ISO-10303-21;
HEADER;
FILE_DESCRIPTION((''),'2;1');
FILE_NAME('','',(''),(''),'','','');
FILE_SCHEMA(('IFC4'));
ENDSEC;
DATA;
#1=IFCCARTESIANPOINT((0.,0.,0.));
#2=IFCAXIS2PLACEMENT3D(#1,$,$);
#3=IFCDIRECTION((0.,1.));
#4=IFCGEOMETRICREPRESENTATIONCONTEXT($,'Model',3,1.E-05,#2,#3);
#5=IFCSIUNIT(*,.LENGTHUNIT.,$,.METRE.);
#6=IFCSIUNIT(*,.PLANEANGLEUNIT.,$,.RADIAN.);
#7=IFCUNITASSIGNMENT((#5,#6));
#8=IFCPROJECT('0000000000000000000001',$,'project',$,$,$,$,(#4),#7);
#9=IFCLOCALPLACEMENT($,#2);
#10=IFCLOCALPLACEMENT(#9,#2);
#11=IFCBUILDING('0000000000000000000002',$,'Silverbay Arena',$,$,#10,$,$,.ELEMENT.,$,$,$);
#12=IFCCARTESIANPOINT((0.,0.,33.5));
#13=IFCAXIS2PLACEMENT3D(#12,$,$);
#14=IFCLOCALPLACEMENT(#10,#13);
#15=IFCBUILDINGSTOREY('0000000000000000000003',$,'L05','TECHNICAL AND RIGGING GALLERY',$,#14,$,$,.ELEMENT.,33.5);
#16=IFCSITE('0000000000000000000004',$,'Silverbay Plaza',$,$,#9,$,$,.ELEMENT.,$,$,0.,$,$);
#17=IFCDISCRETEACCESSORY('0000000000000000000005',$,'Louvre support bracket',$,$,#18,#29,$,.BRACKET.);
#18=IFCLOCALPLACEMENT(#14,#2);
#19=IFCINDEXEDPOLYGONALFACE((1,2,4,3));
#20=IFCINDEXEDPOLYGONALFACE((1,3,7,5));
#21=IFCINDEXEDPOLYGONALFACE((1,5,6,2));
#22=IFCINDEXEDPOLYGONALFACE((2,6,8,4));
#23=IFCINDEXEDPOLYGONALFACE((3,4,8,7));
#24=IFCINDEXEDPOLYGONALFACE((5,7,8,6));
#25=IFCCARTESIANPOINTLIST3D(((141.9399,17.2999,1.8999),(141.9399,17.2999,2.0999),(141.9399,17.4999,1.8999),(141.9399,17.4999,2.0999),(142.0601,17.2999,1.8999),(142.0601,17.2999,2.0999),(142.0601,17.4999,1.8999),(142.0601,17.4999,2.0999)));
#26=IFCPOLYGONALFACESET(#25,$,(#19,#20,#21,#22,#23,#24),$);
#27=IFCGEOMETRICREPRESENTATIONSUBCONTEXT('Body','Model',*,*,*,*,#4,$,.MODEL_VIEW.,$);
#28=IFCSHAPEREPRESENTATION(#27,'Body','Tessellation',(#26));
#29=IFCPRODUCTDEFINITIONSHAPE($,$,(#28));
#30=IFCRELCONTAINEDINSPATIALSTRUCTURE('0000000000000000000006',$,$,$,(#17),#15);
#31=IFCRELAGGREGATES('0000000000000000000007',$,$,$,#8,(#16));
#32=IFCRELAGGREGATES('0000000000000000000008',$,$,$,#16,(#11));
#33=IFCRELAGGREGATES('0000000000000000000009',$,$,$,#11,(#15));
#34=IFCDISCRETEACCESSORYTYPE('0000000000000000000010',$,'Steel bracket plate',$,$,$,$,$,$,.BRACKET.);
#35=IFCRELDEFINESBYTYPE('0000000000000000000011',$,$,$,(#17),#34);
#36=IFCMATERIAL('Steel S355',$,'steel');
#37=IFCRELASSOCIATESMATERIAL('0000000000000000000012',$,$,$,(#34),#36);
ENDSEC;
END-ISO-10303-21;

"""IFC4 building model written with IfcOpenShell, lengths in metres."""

from ifc_helpers import new_model, si_unit, direction, frame, origin, origin_2d, place, context, subcontext, project, spatial, rectangle, extrude, material, type_object, element, save


model = new_model("IFC4")

# Units and contexts
model_context = context("Model", 3, precision=1e-05, world=origin(), true_north=direction((0.0, 1.0)))
body_context = subcontext(model_context, "Body", "Model", "MODEL_VIEW")
ifc_project = project(units=[si_unit("LENGTHUNIT", "METRE"), si_unit("PLANEANGLEUNIT", "RADIAN")], contexts=[model_context])

# Site, building, storey
site_placement = place(None, origin())
site = spatial("IfcSite", under=ifc_project, at=site_placement, Name="Silverbay Plaza", CompositionType="ELEMENT", RefElevation=0.0)
building_placement = place(site_placement, origin())
building = spatial("IfcBuilding", under=site, at=building_placement, Name="Silverbay Arena", CompositionType="ELEMENT")
storey_placement = place(building_placement, frame((0.0, 0.0, 33.5)))
storey = spatial("IfcBuildingStorey", under=building, at=storey_placement, Name="L05", Description="TECHNICAL AND RIGGING GALLERY", CompositionType="ELEMENT", Elevation=33.5)

# Discrete accessory
ifc_material_1 = material(Name="Steel S355", Category="steel")
discrete_accessory_type = type_object("IfcDiscreteAccessoryType", Name="Steel bracket plate", PredefinedType="BRACKET", material=ifc_material_1)
discrete_accessory_placement = place(storey_placement, frame((142.0, 17.3999, 1.8999), z_axis=(0.0, 0.0, 1.0), x_axis=(1.0, 0.0, 0.0)))
element("IfcDiscreteAccessory", 1, at=discrete_accessory_placement, inside=storey, type_object=discrete_accessory_type, Name="Louvre support bracket", PredefinedType="BRACKET", context=body_context, shape_type="SweptSolid", body=[
    extrude(rectangle(XDim=0.1201, YDim=0.2, at=origin_2d()), origin(), (0.0, 0.0, 1.0), 0.2),
])

save(model, "model.ifc")
